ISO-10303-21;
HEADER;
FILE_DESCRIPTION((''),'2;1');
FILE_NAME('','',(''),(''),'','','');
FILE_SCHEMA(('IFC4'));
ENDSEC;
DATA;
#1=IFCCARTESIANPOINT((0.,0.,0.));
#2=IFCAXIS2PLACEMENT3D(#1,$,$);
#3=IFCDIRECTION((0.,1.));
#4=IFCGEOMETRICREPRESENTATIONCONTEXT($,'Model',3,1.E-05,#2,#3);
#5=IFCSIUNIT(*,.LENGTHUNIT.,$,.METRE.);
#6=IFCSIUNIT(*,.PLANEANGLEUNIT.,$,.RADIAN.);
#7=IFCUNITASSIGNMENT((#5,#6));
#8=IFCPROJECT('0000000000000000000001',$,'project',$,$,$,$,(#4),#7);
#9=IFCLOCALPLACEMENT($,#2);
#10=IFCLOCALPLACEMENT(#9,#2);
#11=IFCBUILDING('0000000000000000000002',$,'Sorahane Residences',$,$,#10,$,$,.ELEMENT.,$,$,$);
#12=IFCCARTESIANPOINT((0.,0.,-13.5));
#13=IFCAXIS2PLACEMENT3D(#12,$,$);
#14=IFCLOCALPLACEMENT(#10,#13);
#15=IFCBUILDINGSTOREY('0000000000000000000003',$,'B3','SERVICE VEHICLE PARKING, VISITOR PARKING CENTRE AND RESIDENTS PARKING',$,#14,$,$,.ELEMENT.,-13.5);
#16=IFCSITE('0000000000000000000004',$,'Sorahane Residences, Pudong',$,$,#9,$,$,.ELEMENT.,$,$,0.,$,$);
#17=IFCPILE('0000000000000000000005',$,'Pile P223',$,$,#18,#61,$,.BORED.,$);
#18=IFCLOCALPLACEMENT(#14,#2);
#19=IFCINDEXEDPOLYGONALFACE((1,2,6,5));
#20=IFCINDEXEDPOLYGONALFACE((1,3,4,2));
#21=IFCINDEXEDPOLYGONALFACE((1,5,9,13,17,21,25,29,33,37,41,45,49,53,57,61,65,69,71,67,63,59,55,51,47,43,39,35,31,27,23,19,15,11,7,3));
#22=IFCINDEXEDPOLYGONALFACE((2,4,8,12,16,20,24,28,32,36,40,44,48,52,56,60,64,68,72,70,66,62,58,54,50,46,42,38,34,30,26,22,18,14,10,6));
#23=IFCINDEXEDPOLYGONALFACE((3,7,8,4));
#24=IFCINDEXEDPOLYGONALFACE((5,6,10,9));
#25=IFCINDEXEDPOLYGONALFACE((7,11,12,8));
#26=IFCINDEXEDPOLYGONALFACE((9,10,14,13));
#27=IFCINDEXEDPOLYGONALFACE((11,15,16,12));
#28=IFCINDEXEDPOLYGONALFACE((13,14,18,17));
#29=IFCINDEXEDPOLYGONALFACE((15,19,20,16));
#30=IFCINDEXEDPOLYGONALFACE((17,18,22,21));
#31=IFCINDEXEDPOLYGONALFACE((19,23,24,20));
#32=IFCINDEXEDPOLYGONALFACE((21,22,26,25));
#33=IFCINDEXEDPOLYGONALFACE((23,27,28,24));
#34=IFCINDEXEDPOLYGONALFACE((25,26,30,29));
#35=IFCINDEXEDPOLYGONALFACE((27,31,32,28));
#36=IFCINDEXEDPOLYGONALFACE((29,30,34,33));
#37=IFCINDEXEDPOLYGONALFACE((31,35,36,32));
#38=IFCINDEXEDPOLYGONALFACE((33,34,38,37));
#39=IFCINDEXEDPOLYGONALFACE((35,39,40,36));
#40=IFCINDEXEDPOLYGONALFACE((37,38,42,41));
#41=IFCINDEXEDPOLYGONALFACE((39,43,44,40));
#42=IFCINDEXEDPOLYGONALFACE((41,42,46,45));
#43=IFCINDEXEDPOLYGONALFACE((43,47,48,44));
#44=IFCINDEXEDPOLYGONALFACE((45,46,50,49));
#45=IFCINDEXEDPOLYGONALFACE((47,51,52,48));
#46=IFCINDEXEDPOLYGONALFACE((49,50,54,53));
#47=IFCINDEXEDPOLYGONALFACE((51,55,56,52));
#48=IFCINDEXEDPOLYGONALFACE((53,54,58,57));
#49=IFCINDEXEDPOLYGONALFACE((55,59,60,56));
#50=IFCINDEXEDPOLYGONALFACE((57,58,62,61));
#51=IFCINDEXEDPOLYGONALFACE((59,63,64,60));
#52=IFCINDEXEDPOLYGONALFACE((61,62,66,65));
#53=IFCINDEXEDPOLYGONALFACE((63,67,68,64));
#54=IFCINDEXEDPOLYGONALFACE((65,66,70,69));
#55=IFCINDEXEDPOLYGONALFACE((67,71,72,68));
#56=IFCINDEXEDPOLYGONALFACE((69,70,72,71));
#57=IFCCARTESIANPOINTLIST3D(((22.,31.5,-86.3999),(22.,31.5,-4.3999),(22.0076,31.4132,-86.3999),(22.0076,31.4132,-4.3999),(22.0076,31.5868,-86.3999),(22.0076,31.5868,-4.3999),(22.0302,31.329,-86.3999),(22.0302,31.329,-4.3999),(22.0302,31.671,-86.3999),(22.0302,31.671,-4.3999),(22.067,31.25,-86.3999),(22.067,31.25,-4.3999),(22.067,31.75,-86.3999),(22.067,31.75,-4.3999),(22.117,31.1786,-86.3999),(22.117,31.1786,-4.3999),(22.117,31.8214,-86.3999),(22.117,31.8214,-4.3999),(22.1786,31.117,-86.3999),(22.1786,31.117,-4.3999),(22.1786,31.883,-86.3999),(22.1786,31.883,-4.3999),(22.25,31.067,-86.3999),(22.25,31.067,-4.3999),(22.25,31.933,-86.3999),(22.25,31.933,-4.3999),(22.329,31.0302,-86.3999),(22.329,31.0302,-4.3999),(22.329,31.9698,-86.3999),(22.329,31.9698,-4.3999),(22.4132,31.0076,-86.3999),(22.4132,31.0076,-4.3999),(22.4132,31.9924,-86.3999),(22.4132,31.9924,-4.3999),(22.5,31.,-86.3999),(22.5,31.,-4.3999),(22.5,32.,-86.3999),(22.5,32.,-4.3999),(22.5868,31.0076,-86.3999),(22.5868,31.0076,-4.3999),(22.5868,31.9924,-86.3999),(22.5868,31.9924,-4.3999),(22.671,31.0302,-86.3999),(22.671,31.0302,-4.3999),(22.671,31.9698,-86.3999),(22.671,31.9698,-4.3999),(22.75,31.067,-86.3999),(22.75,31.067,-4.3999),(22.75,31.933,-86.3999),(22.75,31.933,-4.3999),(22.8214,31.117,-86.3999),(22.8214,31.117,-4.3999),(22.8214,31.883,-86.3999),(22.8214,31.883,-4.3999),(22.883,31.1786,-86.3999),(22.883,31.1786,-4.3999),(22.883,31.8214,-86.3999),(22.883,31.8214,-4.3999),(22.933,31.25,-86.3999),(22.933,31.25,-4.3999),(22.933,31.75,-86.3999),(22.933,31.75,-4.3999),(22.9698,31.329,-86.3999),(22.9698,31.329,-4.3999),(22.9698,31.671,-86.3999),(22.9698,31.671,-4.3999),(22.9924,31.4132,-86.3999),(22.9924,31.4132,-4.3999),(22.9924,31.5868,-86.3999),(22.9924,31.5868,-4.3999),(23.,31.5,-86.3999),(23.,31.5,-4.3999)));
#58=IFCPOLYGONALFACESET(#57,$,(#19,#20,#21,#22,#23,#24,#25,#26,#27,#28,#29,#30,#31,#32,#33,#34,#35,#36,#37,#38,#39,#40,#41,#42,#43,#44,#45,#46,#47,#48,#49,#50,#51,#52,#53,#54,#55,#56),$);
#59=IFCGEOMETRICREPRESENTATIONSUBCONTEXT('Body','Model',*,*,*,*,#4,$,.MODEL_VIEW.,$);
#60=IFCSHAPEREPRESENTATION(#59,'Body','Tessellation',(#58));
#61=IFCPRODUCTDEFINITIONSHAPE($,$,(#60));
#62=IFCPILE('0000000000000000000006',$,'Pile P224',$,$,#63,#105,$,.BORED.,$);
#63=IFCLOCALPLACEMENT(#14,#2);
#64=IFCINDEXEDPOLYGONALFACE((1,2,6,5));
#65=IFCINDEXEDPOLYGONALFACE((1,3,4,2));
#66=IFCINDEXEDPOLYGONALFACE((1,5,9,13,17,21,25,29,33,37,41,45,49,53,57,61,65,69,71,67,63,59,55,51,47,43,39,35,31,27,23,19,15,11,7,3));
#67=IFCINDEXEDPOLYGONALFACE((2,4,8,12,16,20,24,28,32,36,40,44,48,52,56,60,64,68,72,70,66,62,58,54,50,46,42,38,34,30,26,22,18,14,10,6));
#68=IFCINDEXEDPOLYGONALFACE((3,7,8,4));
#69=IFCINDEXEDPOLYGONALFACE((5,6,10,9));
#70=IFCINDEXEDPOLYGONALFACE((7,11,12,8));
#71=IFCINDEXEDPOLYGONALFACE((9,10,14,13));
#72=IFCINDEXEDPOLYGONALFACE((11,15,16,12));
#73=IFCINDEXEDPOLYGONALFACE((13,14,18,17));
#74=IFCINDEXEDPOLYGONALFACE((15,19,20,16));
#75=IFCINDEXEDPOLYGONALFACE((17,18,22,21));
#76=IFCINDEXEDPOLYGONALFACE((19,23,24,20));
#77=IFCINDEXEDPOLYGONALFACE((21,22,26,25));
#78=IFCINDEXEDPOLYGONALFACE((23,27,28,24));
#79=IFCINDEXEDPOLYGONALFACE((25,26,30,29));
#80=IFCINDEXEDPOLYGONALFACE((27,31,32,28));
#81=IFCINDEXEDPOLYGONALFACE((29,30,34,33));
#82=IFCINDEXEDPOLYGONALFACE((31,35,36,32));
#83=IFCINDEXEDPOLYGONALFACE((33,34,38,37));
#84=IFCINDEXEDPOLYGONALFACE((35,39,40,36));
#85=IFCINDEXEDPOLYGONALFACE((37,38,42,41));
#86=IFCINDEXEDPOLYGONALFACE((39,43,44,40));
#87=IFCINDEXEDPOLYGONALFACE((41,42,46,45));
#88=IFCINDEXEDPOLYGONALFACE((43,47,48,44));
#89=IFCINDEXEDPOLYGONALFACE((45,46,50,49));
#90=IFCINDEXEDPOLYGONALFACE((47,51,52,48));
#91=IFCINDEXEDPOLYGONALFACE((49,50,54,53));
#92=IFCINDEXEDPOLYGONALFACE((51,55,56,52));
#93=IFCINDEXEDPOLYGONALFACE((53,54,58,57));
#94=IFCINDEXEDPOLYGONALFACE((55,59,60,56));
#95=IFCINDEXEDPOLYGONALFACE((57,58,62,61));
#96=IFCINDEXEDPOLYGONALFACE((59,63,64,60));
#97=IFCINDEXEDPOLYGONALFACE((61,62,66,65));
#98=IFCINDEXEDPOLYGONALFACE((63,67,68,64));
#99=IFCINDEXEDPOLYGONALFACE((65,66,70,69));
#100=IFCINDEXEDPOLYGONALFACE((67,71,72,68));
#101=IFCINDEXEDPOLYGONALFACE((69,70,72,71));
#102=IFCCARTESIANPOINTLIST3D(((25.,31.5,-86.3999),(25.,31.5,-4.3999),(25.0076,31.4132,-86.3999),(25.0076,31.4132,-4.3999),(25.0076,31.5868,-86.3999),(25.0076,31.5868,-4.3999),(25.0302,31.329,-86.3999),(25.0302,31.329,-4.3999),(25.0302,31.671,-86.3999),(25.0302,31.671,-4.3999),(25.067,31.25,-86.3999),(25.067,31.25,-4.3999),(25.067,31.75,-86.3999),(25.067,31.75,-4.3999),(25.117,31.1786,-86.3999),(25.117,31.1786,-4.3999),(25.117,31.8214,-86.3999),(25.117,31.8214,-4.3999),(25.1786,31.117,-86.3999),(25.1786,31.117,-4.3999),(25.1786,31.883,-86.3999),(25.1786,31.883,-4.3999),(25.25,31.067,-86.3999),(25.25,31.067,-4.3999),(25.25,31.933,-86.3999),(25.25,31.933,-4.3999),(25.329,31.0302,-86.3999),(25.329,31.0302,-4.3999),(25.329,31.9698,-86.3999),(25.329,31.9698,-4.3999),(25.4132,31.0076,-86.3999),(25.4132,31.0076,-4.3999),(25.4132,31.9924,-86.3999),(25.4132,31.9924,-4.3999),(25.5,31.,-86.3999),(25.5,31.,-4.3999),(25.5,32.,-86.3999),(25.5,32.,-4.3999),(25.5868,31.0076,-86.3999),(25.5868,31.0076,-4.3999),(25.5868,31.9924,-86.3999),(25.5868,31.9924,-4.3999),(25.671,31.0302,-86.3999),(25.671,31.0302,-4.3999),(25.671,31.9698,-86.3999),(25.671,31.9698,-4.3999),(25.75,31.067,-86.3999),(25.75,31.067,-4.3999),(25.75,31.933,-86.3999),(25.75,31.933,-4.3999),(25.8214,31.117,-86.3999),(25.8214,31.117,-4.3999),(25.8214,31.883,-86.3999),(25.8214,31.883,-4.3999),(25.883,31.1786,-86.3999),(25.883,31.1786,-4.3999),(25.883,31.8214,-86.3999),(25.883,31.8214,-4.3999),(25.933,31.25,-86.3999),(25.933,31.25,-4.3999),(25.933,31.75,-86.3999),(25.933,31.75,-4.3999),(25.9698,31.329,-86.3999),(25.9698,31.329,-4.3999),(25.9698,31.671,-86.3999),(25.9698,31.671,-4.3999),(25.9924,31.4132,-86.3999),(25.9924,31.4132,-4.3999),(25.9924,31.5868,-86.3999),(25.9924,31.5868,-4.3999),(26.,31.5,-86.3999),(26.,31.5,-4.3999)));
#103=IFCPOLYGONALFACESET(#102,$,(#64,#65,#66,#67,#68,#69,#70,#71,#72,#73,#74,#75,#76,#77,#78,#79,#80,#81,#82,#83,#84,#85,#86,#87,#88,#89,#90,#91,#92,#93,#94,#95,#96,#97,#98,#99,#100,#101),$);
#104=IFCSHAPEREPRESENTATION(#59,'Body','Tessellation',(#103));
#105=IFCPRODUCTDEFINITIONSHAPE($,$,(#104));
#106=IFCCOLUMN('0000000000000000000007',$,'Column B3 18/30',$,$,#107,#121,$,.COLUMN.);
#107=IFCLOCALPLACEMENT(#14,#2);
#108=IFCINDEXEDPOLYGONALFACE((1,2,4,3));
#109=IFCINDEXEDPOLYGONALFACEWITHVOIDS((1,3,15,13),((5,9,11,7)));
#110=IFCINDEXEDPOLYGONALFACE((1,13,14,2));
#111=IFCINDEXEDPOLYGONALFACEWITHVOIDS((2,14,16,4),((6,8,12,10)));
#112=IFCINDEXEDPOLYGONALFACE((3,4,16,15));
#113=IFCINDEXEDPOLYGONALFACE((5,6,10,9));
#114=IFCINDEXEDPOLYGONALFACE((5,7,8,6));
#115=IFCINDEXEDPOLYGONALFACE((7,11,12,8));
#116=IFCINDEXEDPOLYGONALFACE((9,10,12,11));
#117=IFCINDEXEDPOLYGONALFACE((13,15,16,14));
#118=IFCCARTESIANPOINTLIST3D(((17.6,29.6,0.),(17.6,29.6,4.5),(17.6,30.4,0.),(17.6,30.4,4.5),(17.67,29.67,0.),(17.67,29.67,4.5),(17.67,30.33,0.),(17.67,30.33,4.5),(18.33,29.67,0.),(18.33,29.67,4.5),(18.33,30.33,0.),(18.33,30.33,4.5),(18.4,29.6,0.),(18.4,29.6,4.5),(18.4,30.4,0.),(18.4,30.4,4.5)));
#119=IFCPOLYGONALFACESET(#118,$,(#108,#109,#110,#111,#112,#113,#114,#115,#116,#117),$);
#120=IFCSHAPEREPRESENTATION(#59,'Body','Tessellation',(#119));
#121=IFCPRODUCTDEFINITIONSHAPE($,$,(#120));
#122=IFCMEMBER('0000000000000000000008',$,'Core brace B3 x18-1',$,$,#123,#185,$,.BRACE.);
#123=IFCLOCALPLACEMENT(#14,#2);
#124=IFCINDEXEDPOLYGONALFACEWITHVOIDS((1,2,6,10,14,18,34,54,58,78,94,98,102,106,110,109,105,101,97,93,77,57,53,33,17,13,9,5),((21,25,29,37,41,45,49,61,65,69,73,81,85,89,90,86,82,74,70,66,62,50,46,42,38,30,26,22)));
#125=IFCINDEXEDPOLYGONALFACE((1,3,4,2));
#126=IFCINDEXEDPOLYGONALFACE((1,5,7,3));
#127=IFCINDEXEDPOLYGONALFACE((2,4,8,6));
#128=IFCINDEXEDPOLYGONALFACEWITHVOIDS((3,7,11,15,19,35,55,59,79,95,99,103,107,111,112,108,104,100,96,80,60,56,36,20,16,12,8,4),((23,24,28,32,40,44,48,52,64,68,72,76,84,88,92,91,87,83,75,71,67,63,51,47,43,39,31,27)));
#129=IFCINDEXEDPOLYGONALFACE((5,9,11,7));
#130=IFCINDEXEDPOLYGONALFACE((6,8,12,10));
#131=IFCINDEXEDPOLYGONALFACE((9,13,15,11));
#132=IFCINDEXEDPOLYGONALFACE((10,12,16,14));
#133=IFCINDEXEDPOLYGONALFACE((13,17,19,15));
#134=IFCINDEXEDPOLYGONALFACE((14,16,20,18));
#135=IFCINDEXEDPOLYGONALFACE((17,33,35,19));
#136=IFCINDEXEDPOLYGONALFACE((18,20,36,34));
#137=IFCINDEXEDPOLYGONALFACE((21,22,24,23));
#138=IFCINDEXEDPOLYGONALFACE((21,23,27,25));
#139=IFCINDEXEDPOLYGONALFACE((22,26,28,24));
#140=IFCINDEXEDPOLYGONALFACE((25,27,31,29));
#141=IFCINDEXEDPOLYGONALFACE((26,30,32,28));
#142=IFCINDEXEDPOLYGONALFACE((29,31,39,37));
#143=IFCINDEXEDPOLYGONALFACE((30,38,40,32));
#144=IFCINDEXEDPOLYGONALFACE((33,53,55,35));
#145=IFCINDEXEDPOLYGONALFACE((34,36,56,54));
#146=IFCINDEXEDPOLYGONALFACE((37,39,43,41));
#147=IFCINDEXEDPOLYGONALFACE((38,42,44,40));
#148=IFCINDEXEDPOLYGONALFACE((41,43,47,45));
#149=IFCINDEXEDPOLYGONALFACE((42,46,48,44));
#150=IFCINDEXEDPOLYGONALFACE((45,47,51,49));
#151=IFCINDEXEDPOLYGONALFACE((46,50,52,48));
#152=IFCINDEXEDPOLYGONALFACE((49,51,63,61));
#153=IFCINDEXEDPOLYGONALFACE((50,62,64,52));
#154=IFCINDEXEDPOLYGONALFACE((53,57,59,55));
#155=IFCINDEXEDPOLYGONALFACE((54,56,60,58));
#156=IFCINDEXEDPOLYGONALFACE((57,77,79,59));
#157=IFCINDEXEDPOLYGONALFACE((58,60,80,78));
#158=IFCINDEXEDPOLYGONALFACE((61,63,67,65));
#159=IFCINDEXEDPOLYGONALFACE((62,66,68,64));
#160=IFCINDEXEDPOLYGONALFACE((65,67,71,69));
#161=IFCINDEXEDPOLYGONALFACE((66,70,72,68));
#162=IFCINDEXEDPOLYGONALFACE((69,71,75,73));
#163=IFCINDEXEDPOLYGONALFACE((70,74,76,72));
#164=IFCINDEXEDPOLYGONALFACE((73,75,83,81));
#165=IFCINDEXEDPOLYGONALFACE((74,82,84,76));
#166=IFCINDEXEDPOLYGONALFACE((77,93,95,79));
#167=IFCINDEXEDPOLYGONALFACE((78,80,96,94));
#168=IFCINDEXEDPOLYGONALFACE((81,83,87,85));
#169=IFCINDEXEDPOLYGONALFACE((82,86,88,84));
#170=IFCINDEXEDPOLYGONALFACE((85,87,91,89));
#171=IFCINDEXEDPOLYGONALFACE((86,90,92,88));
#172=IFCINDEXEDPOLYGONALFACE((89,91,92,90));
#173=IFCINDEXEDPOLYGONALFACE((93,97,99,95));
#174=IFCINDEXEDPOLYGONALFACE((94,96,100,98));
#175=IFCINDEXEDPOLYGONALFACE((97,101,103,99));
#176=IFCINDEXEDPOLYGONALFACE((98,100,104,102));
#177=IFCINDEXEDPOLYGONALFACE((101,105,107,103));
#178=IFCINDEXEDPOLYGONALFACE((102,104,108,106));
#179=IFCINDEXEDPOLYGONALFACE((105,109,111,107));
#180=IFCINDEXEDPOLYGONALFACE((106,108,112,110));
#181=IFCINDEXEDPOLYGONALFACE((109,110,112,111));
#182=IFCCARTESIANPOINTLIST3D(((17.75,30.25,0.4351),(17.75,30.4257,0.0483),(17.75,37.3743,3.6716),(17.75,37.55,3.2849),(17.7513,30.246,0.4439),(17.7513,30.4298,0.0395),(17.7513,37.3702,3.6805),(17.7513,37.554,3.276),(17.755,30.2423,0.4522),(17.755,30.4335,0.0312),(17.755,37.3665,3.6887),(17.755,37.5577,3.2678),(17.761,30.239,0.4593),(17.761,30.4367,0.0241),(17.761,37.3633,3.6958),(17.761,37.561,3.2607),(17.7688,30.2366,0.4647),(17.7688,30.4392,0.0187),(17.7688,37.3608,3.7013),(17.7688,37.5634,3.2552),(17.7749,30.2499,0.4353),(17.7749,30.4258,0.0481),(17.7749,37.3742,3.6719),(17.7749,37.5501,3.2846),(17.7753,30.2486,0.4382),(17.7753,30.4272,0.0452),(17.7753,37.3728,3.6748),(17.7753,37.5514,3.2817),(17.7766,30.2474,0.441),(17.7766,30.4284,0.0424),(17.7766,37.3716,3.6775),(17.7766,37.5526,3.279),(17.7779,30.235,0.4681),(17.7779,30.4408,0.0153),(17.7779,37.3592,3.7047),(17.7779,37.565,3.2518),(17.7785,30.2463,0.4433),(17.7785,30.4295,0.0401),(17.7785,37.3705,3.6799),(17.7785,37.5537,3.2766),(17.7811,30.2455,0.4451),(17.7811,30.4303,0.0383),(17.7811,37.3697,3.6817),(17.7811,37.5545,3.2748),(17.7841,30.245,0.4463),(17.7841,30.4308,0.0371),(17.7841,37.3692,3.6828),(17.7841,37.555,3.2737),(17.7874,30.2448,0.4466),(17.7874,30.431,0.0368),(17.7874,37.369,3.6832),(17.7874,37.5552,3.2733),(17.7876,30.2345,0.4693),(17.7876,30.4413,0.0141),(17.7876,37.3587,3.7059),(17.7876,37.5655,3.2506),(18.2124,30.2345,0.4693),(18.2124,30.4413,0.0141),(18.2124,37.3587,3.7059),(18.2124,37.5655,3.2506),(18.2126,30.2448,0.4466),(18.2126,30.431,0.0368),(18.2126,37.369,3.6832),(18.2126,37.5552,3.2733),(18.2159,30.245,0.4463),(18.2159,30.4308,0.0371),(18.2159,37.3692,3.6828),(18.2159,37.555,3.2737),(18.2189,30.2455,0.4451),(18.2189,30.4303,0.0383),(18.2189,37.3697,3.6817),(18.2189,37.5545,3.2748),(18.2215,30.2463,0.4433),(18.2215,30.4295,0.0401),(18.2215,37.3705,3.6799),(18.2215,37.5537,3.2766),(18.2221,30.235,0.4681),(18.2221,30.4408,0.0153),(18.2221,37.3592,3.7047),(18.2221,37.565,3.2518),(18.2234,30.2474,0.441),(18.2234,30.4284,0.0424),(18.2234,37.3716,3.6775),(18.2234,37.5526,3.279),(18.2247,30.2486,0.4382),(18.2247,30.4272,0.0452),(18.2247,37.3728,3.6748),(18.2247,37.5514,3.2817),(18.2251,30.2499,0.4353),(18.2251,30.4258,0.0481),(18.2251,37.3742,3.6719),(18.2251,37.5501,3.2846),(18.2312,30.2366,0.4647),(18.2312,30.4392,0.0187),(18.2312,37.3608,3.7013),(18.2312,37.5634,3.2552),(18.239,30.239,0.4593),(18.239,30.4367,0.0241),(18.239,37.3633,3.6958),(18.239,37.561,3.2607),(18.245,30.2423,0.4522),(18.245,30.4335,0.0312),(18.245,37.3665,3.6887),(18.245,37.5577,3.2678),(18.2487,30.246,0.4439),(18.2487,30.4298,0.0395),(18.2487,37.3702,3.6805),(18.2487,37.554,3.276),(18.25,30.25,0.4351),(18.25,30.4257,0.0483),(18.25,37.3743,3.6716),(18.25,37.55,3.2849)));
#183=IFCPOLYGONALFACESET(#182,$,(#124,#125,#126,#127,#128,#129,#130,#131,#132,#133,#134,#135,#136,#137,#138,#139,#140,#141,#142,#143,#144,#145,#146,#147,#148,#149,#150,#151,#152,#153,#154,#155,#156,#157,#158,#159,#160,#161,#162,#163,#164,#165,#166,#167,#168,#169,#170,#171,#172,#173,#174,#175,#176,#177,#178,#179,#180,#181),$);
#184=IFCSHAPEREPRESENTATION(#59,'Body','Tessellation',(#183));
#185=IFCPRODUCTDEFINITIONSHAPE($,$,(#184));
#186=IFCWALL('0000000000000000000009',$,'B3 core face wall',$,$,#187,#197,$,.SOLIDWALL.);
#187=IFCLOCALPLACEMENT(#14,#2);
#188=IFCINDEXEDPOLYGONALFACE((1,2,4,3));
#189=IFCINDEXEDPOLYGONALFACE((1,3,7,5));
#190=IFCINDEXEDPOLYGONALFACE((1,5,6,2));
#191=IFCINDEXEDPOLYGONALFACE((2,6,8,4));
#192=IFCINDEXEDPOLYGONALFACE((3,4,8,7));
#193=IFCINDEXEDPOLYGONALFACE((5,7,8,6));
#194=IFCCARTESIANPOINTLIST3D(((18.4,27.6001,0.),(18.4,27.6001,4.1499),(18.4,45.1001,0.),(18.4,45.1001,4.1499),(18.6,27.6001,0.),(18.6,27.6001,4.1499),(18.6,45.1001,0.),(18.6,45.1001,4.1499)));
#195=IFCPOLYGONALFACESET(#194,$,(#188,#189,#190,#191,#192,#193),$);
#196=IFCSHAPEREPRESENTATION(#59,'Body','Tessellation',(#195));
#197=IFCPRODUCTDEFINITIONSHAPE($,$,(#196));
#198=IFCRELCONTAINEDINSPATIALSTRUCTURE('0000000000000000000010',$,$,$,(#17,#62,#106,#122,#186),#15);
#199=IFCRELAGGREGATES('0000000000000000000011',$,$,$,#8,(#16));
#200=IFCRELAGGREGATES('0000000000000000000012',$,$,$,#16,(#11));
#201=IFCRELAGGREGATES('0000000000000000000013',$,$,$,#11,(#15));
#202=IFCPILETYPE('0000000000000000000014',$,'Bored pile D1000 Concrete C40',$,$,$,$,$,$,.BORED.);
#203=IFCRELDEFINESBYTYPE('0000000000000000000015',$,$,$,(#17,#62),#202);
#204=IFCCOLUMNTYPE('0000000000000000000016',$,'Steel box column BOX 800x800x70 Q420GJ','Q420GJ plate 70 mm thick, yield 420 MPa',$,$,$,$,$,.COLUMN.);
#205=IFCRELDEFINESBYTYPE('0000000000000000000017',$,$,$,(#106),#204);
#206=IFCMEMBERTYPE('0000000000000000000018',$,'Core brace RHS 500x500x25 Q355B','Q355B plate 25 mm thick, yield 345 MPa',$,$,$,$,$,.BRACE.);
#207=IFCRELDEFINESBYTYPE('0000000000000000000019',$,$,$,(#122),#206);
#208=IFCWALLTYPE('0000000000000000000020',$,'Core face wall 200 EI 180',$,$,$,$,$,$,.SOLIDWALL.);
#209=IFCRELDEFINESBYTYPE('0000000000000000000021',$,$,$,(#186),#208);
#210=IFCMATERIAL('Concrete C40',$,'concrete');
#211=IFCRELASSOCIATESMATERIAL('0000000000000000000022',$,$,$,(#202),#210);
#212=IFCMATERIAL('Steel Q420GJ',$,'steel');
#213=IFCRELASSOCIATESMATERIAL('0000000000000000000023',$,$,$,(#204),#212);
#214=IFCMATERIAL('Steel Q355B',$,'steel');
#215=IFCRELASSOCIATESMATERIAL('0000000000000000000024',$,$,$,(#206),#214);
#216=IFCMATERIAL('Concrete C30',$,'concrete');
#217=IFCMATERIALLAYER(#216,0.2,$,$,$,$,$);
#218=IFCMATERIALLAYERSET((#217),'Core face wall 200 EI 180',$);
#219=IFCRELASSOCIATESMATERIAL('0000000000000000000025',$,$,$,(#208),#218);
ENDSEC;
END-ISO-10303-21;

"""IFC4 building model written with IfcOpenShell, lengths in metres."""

from ifc_helpers import new_model, si_unit, direction, frame, frame_2d, origin, origin_2d, place, context, subcontext, project, spatial, rectangle, hollow_rectangle, circle, extrude, material, layer, layer_set, material_profile, profile_set, type_object, element, save


model = new_model("IFC4")

# Units and contexts
model_context = context("Model", 3, precision=1e-05, world=origin(), true_north=direction((0.0, 1.0)))
body_context = subcontext(model_context, "Body", "Model", "MODEL_VIEW")
ifc_project = project(units=[si_unit("LENGTHUNIT", "METRE"), si_unit("PLANEANGLEUNIT", "RADIAN")], contexts=[model_context])

# Site, building, storey
site_placement = place(None, origin())
site = spatial("IfcSite", under=ifc_project, at=site_placement, Name="Sorahane Residences, Pudong", CompositionType="ELEMENT", RefElevation=0.0)
building_placement = place(site_placement, origin())
building = spatial("IfcBuilding", under=site, at=building_placement, Name="Sorahane Residences", CompositionType="ELEMENT")
storey_placement = place(building_placement, frame((0.0, 0.0, -13.5)))
storey = spatial("IfcBuildingStorey", under=building, at=storey_placement, Name="B3", Description="SERVICE VEHICLE PARKING, VISITOR PARKING CENTRE AND RESIDENTS PARKING", CompositionType="ELEMENT", Elevation=-13.5)

# Piles
ifc_material_1 = material(Name="Concrete C40", Category="concrete")
ifc_material_profile_1 = material_profile(ifc_material_1, circle(Radius=0.5, at=origin_2d()), Name="D1000")
ifc_profile_set_1 = profile_set([ifc_material_profile_1], Name="Concrete C40")
pile_type = type_object("IfcPileType", Name="Bored pile D1000 Concrete C40", PredefinedType="BORED", material=ifc_profile_set_1)
for number, where, z_axis, x_axis, name in (
    (1, (22.5, 31.5, -4.3999), (0.0, 0.0, -1.0), (1.0, 0.0, 0.0), "Pile P223"),
    (2, (25.5, 31.5, -4.3999), (0.0, 0.0, -1.0), (1.0, 0.0, 0.0), "Pile P224"),
):
    element("IfcPile", number, at=place(storey_placement, frame(where, z_axis=z_axis, x_axis=x_axis)), inside=storey, type_object=pile_type, Name=name, PredefinedType="BORED", context=body_context, shape_type="SweptSolid", body=[
        extrude(circle(Radius=0.5, at=origin_2d()), origin(), (0.0, 0.0, 1.0), 82.0),
    ])

# Column
ifc_material_2 = material(Name="Steel Q420GJ", Category="steel")
ifc_material_profile_2 = material_profile(ifc_material_2, hollow_rectangle(XDim=0.8, YDim=0.8, WallThickness=0.0701, at=origin_2d()), Name="BOX 800x800x70")
ifc_profile_set_2 = profile_set([ifc_material_profile_2], Name="Steel Q420GJ")
column_type = type_object("IfcColumnType", Name="Steel box column BOX 800x800x70 Q420GJ", Description="Q420GJ plate 70 mm thick, yield 420 MPa", PredefinedType="COLUMN", material=ifc_profile_set_2)
column_placement = place(storey_placement, frame((18.0, 30.0, 0.0), z_axis=(0.0, 0.0, 1.0), x_axis=(1.0, 0.0, 0.0)))
element("IfcColumn", 3, at=column_placement, inside=storey, type_object=column_type, Name="Column B3 18/30", PredefinedType="COLUMN", context=body_context, shape_type="SweptSolid", body=[
    extrude(hollow_rectangle(XDim=0.8, YDim=0.8, WallThickness=0.0701, at=origin_2d()), origin(), (0.0, 0.0, 1.0), 4.5),
])

# Member
ifc_material_3 = material(Name="Steel Q355B", Category="steel")
ifc_material_profile_3 = material_profile(ifc_material_3, hollow_rectangle(XDim=0.5, YDim=0.5, WallThickness=0.0249, InnerFilletRadius=0.0125, OuterFilletRadius=0.0376, at=origin_2d()), Name="RHS 500x500x25")
ifc_profile_set_3 = profile_set([ifc_material_profile_3], Name="Steel Q355B")
member_type = type_object("IfcMemberType", Name="Core brace RHS 500x500x25 Q355B", Description="Q355B plate 25 mm thick, yield 345 MPa", PredefinedType="BRACE", material=ifc_profile_set_3)
member_placement = place(storey_placement, frame((18.0, 30.3379, 0.2417), z_axis=(0.0, 0.91045, 0.41362), x_axis=(-1.0, 0.0, 0.0)))
element("IfcMember", 4, at=member_placement, inside=storey, type_object=member_type, Name="Core brace B3 x18-1", PredefinedType="BRACE", context=body_context, shape_type="SweptSolid", body=[
    extrude(hollow_rectangle(XDim=0.5, YDim=0.5, WallThickness=0.0249, InnerFilletRadius=0.0125, OuterFilletRadius=0.0376, at=origin_2d()), origin(), (0.0, 0.0, 1.0), 7.825),
])

# Wall
ifc_material_4 = material(Name="Concrete C30", Category="concrete")
ifc_layer_1 = layer(ifc_material_4, 0.2)
ifc_layer_set_1 = layer_set([ifc_layer_1], Name="Core face wall 200 EI 180")
wall_type_1 = type_object("IfcWallType", Name="Core face wall 200 EI 180", PredefinedType="SOLIDWALL", material=ifc_layer_set_1)
wall_1_placement = place(storey_placement, frame((18.5, 27.6001, 0.0), z_axis=(0.0, 0.0, 1.0), x_axis=(0.0, 1.0, 0.0)))
element("IfcWall", 5, at=wall_1_placement, inside=storey, type_object=wall_type_1, Name="B3 core face wall", PredefinedType="SOLIDWALL", context=body_context, shape_type="SweptSolid", body=[
    extrude(rectangle(XDim=17.5, YDim=0.2, at=frame_2d((8.75, 0.0))), origin(), (0.0, 0.0, 1.0), 4.1499),
])

save(model, "model.ifc")
